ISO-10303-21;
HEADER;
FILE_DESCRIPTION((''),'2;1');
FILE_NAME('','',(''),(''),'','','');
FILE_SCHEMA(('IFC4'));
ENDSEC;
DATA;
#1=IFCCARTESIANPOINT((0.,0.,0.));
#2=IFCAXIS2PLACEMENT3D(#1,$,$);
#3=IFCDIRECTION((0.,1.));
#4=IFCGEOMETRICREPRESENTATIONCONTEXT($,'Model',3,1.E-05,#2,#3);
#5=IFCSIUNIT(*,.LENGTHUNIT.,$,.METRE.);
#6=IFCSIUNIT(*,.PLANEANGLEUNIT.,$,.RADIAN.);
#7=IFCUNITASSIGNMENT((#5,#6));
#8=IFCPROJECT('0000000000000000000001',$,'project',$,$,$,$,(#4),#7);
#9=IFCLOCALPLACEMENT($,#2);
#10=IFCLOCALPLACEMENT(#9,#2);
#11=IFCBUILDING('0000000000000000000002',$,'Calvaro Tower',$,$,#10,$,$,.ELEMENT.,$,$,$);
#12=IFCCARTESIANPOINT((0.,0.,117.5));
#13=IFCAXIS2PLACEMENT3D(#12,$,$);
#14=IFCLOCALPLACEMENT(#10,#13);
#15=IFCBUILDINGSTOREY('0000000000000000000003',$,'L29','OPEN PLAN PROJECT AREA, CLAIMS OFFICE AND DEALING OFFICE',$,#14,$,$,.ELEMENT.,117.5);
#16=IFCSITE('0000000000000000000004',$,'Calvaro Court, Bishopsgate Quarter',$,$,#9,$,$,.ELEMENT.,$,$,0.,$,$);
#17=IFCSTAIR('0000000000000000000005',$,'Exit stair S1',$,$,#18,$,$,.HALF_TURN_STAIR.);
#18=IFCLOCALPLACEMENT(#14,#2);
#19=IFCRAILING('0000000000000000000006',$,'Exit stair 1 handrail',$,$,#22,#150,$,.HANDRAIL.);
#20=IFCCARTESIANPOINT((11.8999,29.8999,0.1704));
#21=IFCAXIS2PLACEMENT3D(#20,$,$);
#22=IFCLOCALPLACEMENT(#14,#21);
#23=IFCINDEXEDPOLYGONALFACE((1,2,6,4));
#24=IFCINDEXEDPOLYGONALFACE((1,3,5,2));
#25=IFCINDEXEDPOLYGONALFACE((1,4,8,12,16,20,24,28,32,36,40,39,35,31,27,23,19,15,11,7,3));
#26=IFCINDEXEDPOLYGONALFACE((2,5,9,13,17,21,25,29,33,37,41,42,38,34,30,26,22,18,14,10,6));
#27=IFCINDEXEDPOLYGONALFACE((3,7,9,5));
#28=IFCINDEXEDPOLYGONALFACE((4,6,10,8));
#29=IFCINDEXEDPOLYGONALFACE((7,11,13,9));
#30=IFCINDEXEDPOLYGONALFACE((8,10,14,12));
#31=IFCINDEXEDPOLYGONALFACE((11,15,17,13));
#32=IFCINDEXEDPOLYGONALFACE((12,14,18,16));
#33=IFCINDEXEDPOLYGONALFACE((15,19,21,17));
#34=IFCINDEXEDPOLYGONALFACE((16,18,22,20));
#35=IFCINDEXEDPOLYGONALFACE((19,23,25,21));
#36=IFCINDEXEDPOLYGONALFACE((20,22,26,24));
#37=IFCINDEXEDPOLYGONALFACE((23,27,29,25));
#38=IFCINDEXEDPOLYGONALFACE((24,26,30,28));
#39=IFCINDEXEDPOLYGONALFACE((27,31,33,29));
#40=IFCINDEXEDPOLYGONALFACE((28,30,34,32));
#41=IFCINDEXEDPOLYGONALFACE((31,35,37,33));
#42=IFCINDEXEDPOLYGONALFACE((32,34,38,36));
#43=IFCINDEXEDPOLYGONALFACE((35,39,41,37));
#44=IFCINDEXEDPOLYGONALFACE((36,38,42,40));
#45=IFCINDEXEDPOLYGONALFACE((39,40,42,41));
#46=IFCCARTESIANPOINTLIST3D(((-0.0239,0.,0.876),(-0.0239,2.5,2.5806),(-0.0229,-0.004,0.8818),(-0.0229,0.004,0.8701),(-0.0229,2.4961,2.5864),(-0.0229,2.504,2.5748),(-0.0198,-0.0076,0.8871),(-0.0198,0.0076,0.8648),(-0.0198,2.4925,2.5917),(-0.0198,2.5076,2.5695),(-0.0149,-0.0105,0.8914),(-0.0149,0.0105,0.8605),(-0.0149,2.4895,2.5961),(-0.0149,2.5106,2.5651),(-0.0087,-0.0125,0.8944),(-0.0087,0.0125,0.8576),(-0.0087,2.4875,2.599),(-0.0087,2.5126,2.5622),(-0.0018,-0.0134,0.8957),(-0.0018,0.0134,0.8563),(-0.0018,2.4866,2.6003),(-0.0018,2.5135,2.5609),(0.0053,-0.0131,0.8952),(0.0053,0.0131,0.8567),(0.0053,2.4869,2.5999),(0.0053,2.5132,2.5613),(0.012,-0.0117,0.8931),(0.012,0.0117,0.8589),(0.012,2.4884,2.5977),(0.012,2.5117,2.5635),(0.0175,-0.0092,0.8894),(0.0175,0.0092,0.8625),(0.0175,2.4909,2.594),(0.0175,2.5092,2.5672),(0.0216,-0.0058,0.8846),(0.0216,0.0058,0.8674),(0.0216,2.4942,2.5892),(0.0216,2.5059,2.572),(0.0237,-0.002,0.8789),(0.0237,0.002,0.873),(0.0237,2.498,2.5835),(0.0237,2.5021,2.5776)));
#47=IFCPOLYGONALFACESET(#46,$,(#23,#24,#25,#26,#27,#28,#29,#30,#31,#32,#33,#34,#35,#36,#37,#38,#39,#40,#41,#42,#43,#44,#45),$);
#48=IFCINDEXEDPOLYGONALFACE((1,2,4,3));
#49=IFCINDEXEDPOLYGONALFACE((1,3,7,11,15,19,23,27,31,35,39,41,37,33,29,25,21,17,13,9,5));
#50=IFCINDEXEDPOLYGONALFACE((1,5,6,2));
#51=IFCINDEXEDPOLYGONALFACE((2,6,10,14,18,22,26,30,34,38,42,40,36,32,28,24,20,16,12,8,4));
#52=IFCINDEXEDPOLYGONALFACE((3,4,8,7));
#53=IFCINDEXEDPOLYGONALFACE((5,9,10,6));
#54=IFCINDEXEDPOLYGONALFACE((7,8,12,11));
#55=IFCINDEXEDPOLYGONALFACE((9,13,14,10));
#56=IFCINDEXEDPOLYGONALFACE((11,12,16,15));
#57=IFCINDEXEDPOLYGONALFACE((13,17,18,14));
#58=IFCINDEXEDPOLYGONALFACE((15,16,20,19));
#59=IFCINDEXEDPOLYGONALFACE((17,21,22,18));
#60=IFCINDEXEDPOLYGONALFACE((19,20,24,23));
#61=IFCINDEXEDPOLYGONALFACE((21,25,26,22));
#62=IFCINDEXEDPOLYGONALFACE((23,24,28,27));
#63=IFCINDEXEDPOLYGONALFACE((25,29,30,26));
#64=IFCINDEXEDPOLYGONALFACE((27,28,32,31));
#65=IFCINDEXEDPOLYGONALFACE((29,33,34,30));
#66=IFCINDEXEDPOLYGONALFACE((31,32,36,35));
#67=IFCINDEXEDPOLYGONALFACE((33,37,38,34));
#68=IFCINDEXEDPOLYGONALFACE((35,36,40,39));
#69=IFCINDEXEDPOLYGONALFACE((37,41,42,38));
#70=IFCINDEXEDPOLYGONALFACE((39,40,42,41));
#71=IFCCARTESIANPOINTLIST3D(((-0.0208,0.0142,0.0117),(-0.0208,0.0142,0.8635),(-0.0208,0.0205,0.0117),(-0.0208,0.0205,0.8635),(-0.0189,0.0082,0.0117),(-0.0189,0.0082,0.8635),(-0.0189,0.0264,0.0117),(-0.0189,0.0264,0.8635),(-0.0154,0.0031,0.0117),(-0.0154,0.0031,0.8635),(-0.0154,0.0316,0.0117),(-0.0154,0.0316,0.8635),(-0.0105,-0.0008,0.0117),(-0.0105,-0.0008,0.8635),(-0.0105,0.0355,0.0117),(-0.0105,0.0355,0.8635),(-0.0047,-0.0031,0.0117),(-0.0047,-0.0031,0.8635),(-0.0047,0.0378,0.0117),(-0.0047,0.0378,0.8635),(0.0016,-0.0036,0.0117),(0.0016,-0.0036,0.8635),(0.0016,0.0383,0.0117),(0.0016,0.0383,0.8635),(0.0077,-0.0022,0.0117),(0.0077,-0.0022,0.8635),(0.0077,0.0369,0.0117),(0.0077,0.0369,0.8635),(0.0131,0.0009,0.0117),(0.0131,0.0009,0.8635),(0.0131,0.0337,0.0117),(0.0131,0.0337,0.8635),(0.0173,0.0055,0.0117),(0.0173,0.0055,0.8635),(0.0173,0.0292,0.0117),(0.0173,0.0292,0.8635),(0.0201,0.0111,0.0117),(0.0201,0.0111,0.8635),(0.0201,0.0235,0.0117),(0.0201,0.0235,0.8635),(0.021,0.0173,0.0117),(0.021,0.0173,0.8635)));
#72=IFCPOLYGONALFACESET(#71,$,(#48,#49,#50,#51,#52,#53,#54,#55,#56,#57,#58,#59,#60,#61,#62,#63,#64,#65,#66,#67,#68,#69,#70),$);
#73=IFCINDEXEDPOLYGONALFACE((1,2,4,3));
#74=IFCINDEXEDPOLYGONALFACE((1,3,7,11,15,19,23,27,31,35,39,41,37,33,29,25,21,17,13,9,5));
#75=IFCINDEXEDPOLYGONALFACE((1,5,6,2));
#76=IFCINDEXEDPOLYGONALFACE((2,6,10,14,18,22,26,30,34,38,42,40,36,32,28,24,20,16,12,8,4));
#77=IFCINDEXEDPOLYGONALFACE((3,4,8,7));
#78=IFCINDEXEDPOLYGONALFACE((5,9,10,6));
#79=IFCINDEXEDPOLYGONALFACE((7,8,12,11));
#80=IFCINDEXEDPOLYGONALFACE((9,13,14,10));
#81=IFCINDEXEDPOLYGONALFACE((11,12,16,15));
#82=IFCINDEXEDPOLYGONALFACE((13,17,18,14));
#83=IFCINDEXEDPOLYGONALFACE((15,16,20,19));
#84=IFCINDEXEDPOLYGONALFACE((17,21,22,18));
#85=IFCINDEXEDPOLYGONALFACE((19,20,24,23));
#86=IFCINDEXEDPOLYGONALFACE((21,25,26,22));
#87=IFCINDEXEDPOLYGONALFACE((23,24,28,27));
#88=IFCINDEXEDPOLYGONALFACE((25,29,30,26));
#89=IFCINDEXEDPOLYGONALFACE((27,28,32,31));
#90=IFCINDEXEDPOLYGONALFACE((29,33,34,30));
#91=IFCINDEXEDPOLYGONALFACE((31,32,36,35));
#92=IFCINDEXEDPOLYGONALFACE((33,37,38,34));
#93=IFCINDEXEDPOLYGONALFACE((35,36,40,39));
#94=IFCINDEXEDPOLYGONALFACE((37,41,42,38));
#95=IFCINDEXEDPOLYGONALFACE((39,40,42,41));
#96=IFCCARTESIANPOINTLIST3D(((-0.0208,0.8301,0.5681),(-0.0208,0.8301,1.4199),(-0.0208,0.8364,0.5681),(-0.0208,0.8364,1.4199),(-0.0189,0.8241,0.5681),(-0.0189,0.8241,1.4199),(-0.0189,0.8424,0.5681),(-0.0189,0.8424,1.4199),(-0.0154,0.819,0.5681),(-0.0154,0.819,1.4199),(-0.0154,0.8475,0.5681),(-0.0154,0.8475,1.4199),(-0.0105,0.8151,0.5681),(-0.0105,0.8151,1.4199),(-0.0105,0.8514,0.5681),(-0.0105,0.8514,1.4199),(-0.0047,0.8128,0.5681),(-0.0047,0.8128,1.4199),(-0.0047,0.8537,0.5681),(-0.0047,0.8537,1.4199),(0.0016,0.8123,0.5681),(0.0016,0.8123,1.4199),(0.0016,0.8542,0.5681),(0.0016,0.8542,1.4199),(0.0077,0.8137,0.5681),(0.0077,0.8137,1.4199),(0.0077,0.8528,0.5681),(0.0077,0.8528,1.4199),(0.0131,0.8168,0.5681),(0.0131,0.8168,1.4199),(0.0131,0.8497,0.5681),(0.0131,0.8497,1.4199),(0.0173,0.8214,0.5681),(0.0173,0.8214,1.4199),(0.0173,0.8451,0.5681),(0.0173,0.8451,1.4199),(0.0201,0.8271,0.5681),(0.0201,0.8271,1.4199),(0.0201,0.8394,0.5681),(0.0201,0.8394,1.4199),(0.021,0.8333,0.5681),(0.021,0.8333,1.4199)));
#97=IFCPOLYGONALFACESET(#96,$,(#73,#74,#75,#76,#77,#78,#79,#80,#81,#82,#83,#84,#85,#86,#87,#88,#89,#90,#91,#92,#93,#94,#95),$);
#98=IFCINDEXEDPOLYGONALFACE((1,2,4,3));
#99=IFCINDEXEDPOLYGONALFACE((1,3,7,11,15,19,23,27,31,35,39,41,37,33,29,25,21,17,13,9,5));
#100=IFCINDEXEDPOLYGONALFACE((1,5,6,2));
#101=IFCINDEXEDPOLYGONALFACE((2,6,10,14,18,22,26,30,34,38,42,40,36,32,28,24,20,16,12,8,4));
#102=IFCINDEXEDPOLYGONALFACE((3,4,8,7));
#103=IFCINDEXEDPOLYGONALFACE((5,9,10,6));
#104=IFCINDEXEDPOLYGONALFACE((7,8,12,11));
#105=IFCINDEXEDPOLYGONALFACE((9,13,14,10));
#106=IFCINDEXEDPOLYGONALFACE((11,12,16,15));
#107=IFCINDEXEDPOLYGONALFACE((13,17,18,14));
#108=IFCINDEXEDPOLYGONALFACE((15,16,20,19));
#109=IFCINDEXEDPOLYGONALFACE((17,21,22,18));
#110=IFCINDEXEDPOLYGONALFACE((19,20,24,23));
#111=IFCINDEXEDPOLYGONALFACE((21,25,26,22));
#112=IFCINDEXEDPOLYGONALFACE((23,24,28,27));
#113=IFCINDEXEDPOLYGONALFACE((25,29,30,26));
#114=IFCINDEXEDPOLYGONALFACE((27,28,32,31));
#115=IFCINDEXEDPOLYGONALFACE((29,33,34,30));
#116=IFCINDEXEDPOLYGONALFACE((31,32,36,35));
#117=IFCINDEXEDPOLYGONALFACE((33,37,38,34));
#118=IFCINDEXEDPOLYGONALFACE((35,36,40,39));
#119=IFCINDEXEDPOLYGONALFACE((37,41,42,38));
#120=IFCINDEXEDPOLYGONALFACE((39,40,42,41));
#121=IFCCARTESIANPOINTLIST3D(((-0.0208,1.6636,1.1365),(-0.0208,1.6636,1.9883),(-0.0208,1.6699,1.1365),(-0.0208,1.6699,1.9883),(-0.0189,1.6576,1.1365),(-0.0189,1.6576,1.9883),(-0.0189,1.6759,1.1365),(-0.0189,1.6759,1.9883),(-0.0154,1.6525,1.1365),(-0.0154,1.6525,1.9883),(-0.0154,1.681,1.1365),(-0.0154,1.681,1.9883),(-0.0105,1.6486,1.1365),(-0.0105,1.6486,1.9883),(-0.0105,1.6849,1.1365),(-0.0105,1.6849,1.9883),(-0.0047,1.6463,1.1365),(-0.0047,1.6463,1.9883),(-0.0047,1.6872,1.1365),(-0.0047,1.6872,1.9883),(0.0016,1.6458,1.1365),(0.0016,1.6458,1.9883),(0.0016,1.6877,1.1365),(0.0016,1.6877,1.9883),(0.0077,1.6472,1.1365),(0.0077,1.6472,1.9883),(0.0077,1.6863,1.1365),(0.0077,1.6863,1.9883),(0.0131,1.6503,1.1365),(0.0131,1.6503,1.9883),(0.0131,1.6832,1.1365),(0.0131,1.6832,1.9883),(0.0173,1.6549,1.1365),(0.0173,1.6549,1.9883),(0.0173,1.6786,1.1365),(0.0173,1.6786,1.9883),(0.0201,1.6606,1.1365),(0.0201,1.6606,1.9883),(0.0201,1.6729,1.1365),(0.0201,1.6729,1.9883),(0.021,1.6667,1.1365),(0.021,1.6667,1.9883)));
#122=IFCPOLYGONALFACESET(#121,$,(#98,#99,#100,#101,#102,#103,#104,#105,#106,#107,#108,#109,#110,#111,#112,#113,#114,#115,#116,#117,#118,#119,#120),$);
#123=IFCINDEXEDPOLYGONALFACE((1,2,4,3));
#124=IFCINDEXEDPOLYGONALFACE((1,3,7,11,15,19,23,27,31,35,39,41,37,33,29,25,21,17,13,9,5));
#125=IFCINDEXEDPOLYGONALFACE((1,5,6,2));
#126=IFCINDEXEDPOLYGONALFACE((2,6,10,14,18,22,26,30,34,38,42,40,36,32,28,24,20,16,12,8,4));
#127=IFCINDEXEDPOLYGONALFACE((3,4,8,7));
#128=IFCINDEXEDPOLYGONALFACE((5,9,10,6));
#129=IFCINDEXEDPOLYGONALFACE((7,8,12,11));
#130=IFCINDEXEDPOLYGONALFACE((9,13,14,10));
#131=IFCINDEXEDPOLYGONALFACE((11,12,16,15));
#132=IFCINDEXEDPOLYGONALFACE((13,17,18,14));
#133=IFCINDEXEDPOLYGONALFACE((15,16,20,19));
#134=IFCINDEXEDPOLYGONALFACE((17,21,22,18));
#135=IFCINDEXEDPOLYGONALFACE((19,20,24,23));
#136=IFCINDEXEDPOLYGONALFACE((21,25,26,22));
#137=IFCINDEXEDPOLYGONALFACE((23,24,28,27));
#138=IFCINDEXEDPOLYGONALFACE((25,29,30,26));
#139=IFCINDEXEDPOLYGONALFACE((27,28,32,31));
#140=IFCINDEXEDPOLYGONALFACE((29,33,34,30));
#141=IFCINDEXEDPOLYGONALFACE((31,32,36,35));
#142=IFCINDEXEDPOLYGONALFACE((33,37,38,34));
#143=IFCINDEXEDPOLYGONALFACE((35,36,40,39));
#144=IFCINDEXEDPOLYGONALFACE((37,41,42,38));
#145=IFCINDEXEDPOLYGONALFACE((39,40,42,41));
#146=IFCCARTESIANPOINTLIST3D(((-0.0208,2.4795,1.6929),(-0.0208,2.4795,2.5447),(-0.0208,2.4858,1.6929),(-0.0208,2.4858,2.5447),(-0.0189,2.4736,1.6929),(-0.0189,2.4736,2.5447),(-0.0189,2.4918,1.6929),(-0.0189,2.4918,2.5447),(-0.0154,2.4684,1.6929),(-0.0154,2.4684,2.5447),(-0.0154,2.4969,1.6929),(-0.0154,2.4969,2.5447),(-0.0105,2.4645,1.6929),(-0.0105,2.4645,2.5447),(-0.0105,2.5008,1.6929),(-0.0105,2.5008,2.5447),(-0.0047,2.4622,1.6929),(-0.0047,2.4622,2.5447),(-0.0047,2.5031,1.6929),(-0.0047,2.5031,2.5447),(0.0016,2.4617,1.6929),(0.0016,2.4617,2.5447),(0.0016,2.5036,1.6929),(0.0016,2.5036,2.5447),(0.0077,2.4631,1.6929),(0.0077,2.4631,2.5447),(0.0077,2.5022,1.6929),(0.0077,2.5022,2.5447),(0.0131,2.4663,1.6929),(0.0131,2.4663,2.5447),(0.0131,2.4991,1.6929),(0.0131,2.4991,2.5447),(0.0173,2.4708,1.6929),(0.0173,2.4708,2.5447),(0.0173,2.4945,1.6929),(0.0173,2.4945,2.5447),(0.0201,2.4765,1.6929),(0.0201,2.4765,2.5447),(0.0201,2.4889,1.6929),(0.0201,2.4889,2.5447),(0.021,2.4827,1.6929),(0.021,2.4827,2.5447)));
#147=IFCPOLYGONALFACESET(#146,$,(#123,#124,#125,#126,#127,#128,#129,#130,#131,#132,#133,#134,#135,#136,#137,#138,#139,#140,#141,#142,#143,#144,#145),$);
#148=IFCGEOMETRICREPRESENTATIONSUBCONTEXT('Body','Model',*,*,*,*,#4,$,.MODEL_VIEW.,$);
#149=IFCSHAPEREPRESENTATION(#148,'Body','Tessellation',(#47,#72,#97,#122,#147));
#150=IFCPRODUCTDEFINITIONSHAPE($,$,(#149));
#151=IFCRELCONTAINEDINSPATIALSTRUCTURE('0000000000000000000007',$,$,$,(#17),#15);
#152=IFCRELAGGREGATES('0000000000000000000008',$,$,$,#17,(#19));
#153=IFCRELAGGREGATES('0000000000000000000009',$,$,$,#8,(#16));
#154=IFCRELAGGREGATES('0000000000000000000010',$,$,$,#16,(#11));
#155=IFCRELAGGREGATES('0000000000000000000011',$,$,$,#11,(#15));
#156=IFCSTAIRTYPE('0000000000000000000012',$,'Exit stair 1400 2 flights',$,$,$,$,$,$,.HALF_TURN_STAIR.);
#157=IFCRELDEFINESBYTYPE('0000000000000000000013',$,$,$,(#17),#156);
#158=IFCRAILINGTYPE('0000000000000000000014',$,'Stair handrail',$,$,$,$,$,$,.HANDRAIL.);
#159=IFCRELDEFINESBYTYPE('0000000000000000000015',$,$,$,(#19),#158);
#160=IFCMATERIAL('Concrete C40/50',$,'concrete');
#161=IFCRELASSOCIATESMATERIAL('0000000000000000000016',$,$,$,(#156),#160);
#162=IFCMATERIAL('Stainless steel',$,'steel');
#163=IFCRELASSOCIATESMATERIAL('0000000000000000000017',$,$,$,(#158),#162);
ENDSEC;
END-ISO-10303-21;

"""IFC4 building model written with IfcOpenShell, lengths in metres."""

from ifc_helpers import new_model, si_unit, direction, frame, origin, origin_2d, place, context, subcontext, project, spatial, circle, extrude, material, type_object, element, aggregate, save


model = new_model("IFC4")

# Units and contexts
model_context = context("Model", 3, precision=1e-05, world=origin(), true_north=direction((0.0, 1.0)))
body_context = subcontext(model_context, "Body", "Model", "MODEL_VIEW")
ifc_project = project(units=[si_unit("LENGTHUNIT", "METRE"), si_unit("PLANEANGLEUNIT", "RADIAN")], contexts=[model_context])

# Site, building, storey
site_placement = place(None, origin())
site = spatial("IfcSite", under=ifc_project, at=site_placement, Name="Calvaro Court, Bishopsgate Quarter", CompositionType="ELEMENT", RefElevation=0.0)
building_placement = place(site_placement, origin())
building = spatial("IfcBuilding", under=site, at=building_placement, Name="Calvaro Tower", CompositionType="ELEMENT")
storey_placement = place(building_placement, frame((0.0, 0.0, 117.5)))
storey = spatial("IfcBuildingStorey", under=building, at=storey_placement, Name="L29", Description="OPEN PLAN PROJECT AREA, CLAIMS OFFICE AND DEALING OFFICE", CompositionType="ELEMENT", Elevation=117.5)

# Stair, railing
ifc_material_1 = material(Name="Concrete C40/50", Category="concrete")
stair_type = type_object("IfcStairType", Name="Exit stair 1400 2 flights", PredefinedType="HALF_TURN_STAIR", material=ifc_material_1)
stair_placement = place(storey_placement, origin())
stair = element("IfcStair", 1, at=stair_placement, inside=storey, type_object=stair_type, Name="Exit stair S1", PredefinedType="HALF_TURN_STAIR")
ifc_material_2 = material(Name="Stainless steel", Category="steel")
railing_type = type_object("IfcRailingType", Name="Stair handrail", PredefinedType="HANDRAIL", material=ifc_material_2)
railing_placement = place(storey_placement, frame((11.8999, 29.8999, 0.1704)))
railing = element("IfcRailing", 2, at=railing_placement, type_object=railing_type, Name="Exit stair 1 handrail", PredefinedType="HANDRAIL", context=body_context, shape_type="SweptSolid", body=[
    extrude(circle(Radius=0.0239, at=origin_2d()), frame((0.0, 0.0, 0.876), z_axis=(0.0, 0.826221, 0.563347), x_axis=(-1.0, 0.0, 0.0)), (0.0, 0.0, 1.0), 3.0259),
    extrude(circle(Radius=0.021, at=origin_2d()), frame((0.0, 0.0173, 0.0117)), (0.0, 0.0, 1.0), 0.8518),
    extrude(circle(Radius=0.021, at=origin_2d()), frame((0.0, 0.8333, 0.5681)), (0.0, 0.0, 1.0), 0.8518),
    extrude(circle(Radius=0.021, at=origin_2d()), frame((0.0, 1.6667, 1.1365)), (0.0, 0.0, 1.0), 0.8518),
    extrude(circle(Radius=0.021, at=origin_2d()), frame((0.0, 2.4827, 1.6929)), (0.0, 0.0, 1.0), 0.8518),
])
aggregate(stair, [railing])

save(model, "model.ifc")
